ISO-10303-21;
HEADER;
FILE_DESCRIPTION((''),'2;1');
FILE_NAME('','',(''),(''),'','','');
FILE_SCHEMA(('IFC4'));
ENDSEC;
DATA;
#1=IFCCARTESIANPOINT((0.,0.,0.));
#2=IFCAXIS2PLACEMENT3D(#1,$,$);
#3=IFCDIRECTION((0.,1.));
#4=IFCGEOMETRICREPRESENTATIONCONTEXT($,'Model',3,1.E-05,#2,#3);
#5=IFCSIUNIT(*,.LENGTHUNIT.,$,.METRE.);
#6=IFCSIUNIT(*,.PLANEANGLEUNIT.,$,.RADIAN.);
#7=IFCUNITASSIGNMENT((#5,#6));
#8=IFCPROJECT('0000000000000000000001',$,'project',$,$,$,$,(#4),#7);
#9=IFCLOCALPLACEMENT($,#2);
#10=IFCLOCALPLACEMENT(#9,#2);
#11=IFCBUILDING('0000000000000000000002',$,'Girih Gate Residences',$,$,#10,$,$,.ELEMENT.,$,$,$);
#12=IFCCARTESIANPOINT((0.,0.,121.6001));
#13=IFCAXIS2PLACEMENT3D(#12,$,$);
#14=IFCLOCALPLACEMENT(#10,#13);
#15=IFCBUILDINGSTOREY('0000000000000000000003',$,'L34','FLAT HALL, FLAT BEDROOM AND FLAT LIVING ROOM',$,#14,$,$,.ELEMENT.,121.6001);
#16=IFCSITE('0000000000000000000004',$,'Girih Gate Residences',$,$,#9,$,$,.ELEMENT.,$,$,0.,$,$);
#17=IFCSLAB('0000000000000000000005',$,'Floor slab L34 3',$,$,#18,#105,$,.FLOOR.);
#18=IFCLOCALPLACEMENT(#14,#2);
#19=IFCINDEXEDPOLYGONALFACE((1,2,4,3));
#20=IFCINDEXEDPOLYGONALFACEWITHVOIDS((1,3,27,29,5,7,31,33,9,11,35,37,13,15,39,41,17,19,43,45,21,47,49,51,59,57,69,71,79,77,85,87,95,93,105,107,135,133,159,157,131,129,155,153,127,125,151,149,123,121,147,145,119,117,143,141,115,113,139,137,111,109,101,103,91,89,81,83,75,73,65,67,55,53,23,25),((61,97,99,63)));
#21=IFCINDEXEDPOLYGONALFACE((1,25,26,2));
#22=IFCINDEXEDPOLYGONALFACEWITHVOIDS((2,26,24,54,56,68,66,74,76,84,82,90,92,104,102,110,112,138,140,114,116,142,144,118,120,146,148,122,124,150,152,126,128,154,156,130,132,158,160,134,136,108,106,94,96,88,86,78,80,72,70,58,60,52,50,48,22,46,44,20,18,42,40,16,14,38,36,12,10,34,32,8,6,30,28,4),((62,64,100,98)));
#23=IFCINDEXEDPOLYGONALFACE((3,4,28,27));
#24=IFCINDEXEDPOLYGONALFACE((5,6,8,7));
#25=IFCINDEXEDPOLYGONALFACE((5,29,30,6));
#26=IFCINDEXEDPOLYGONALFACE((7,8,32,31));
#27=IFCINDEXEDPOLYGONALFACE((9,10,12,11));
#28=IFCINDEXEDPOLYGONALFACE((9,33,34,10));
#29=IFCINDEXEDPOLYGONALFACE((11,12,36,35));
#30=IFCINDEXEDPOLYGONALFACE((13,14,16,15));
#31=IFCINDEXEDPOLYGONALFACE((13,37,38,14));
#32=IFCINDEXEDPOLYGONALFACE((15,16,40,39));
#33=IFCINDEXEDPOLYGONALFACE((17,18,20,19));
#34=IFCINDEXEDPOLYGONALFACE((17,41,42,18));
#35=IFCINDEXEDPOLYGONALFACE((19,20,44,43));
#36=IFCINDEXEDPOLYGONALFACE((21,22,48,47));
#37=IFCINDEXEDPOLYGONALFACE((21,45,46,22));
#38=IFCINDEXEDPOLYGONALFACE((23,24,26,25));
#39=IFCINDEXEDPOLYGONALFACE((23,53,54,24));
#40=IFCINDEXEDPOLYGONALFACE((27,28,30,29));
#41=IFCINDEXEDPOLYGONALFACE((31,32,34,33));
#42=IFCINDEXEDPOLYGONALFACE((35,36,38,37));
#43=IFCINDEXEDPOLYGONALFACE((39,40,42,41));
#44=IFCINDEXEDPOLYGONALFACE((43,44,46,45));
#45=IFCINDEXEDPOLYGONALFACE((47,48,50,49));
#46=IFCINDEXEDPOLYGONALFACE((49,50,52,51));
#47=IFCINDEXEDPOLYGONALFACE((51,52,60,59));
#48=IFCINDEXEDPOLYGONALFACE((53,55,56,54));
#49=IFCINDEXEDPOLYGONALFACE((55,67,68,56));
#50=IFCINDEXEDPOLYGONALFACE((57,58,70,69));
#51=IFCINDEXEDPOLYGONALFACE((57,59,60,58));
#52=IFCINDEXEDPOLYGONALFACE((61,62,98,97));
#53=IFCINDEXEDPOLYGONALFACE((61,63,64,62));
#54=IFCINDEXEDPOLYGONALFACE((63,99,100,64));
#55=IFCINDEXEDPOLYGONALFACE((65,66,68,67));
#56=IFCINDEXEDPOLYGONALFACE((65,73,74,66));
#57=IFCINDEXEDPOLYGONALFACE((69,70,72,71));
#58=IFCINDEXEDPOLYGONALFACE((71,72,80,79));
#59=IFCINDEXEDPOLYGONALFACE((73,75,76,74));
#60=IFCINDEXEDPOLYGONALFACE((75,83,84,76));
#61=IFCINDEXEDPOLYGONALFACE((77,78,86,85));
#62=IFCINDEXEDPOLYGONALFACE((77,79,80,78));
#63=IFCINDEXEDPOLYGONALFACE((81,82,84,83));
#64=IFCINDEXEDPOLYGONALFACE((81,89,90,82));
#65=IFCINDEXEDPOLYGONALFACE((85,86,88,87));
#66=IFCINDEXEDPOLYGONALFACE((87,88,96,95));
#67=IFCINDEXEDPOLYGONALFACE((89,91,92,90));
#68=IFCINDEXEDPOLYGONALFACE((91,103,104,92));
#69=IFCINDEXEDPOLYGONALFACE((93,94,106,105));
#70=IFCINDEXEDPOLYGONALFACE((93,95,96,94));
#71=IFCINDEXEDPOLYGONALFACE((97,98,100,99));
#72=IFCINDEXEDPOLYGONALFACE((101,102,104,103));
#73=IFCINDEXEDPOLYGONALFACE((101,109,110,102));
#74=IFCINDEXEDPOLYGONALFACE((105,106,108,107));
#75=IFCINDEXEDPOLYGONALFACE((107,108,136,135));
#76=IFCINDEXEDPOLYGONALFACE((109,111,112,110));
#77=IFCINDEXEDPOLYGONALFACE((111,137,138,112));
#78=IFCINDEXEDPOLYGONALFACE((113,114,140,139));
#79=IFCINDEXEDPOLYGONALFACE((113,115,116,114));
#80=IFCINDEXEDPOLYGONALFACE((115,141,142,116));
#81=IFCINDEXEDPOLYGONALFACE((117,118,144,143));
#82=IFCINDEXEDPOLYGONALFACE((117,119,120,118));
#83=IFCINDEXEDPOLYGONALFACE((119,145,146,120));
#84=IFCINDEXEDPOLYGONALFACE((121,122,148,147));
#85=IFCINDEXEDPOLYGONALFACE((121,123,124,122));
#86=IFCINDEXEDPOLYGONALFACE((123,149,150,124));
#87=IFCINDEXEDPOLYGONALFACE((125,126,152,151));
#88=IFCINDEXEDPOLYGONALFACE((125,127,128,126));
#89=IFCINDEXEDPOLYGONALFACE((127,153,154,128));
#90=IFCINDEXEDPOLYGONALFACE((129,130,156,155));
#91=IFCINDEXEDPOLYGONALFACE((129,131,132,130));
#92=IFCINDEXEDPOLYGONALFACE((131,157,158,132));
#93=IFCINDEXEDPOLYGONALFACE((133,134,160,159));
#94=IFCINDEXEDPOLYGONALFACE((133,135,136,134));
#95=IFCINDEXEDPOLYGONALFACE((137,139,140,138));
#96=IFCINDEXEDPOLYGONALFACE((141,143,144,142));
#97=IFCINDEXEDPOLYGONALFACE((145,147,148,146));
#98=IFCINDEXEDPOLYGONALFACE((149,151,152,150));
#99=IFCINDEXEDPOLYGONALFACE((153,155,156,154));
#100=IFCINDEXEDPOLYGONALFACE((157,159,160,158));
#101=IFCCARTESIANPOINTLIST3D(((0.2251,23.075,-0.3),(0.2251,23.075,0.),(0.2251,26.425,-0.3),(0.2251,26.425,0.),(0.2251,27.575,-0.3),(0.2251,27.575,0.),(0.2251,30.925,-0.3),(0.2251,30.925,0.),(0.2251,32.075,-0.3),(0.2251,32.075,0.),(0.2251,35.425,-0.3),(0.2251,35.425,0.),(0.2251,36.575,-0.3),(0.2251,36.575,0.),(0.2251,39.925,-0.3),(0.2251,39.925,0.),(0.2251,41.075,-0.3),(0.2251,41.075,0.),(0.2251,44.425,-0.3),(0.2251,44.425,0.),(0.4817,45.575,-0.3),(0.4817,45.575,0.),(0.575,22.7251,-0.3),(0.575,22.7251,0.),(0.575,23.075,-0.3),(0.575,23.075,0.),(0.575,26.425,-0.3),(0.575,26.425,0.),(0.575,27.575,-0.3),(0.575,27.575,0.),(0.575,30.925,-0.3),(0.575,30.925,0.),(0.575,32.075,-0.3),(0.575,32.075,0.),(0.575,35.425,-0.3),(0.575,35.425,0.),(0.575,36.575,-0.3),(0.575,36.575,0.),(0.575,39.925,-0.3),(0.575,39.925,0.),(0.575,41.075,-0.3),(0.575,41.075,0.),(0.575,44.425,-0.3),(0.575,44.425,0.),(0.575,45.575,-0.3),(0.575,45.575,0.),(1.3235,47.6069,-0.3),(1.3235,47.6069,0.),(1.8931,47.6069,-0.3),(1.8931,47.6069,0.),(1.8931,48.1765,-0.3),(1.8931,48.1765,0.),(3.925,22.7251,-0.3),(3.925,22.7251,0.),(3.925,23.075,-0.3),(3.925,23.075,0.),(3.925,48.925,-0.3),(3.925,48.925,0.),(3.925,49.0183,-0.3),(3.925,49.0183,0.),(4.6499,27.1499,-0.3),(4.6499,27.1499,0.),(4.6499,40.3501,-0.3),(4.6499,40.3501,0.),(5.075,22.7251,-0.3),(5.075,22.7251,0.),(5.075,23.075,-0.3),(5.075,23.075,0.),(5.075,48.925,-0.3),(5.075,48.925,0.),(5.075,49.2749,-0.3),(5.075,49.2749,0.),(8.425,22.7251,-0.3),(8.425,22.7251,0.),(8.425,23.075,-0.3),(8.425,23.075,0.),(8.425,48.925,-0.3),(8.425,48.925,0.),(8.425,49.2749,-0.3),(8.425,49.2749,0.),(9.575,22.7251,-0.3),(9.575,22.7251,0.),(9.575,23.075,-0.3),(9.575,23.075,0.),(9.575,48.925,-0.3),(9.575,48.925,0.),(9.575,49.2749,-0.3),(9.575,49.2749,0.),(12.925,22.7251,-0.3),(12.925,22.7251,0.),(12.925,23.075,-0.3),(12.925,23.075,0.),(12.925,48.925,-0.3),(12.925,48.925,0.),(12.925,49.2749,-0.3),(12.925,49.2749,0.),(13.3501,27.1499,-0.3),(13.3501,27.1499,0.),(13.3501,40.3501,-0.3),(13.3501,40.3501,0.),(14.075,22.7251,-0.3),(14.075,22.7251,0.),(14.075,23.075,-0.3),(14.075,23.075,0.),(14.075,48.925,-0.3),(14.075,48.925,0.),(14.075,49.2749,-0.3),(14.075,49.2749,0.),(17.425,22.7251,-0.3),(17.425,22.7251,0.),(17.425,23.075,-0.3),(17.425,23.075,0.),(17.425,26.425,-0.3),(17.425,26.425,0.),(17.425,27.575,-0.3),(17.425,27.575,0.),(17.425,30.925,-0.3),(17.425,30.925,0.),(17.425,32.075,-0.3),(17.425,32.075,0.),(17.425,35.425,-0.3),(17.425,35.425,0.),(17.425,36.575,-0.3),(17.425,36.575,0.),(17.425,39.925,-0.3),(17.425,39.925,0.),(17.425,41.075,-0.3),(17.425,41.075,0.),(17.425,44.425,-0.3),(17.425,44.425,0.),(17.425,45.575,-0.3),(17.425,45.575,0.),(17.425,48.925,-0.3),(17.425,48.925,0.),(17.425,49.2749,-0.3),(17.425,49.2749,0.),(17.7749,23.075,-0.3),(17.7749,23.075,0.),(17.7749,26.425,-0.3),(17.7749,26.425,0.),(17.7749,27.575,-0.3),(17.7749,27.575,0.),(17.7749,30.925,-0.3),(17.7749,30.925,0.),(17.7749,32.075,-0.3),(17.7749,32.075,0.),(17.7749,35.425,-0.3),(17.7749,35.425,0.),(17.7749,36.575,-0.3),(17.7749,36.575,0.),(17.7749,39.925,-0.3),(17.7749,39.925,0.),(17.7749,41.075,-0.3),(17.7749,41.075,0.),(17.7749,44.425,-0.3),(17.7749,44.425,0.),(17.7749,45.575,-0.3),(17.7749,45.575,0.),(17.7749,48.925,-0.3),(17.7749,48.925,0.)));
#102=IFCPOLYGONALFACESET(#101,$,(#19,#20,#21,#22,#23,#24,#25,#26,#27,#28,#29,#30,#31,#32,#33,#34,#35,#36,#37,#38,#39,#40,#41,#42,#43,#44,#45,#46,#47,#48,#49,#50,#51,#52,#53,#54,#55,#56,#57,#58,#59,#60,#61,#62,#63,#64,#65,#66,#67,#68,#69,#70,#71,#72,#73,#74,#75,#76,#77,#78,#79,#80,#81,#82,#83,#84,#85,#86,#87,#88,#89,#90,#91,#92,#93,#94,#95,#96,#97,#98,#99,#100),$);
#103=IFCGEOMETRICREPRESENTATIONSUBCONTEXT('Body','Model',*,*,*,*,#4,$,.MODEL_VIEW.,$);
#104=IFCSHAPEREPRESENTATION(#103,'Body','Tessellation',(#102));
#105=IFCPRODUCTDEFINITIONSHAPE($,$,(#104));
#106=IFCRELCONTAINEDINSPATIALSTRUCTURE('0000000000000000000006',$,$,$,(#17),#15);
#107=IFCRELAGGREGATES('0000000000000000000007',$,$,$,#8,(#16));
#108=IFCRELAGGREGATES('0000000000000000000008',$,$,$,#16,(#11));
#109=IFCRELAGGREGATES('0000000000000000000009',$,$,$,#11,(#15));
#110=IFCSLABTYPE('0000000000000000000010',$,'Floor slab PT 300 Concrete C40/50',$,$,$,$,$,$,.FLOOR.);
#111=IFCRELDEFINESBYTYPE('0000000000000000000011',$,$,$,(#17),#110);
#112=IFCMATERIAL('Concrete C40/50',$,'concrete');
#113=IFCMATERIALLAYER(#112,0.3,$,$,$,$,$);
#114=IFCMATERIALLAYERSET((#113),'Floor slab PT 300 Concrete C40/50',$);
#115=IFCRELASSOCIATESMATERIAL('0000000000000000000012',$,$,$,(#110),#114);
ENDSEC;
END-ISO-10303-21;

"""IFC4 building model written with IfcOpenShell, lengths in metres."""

from ifc_helpers import new_model, si_unit, direction, frame, origin, place, context, subcontext, project, spatial, polyline, outline, extrude, material, layer, layer_set, type_object, element, save


model = new_model("IFC4")

# Units and contexts
model_context = context("Model", 3, precision=1e-05, world=origin(), true_north=direction((0.0, 1.0)))
body_context = subcontext(model_context, "Body", "Model", "MODEL_VIEW")
ifc_project = project(units=[si_unit("LENGTHUNIT", "METRE"), si_unit("PLANEANGLEUNIT", "RADIAN")], contexts=[model_context])

# Site, building, storey
site_placement = place(None, origin())
site = spatial("IfcSite", under=ifc_project, at=site_placement, Name="Girih Gate Residences", CompositionType="ELEMENT", RefElevation=0.0)
building_placement = place(site_placement, origin())
building = spatial("IfcBuilding", under=site, at=building_placement, Name="Girih Gate Residences", CompositionType="ELEMENT")
storey_placement = place(building_placement, frame((0.0, 0.0, 121.6001)))
storey = spatial("IfcBuildingStorey", under=building, at=storey_placement, Name="L34", Description="FLAT HALL, FLAT BEDROOM AND FLAT LIVING ROOM", CompositionType="ELEMENT", Elevation=121.6001)

# Slab
ifc_material_1 = material(Name="Concrete C40/50", Category="concrete")
ifc_layer_1 = layer(ifc_material_1, 0.3)
ifc_layer_set_1 = layer_set([ifc_layer_1], Name="Floor slab PT 300 Concrete C40/50")
slab_type_1 = type_object("IfcSlabType", Name="Floor slab PT 300 Concrete C40/50", PredefinedType="FLOOR", material=ifc_layer_set_1)
slab_1_placement = place(storey_placement, frame((0.0, 0.0, -0.3)))
element("IfcSlab", 1, at=slab_1_placement, inside=storey, type_object=slab_type_1, Name="Floor slab L34 3", PredefinedType="FLOOR", context=body_context, shape_type="SweptSolid", body=[
    extrude(outline(polyline([(0.2251, 26.425), (0.2251, 23.075), (0.575, 23.075), (0.575, 22.7251), (3.925, 22.7251), (3.925, 23.075), (5.075, 23.075), (5.075, 22.7251), (8.425, 22.7251), (8.425, 23.075), (9.575, 23.075), (9.575, 22.7251), (12.925, 22.7251), (12.925, 23.075), (14.075, 23.075), (14.075, 22.7251), (17.425, 22.7251), (17.425, 23.075), (17.7749, 23.075), (17.7749, 26.425), (17.425, 26.425), (17.425, 27.575), (17.7749, 27.575), (17.7749, 30.925), (17.425, 30.925), (17.425, 32.075), (17.7749, 32.075), (17.7749, 35.425), (17.425, 35.425), (17.425, 36.575), (17.7749, 36.575), (17.7749, 39.925), (17.425, 39.925), (17.425, 41.075), (17.7749, 41.075), (17.7749, 44.425), (17.425, 44.425), (17.425, 45.575), (17.7749, 45.575), (17.7749, 48.925), (17.425, 48.925), (17.425, 49.2749), (14.075, 49.2749), (14.075, 48.925), (12.925, 48.925), (12.925, 49.2749), (9.575, 49.2749), (9.575, 48.925), (8.425, 48.925), (8.425, 49.2749), (5.075, 49.2749), (5.075, 48.925), (3.925, 48.925), (3.925, 49.0183), (1.8931, 48.1765), (1.8931, 47.6069), (1.3235, 47.6069), (0.4817, 45.575), (0.575, 45.575), (0.575, 44.425), (0.2251, 44.425), (0.2251, 41.075), (0.575, 41.075), (0.575, 39.925), (0.2251, 39.925), (0.2251, 36.575), (0.575, 36.575), (0.575, 35.425), (0.2251, 35.425), (0.2251, 32.075), (0.575, 32.075), (0.575, 30.925), (0.2251, 30.925), (0.2251, 27.575), (0.575, 27.575), (0.575, 26.425), (0.2251, 26.425)]), holes=[polyline([(13.3501, 40.3501), (13.3501, 27.1499), (4.6499, 27.1499), (4.6499, 40.3501), (13.3501, 40.3501)])]), origin(), (0.0, 0.0, 1.0), 0.3),
])

save(model, "model.ifc")
